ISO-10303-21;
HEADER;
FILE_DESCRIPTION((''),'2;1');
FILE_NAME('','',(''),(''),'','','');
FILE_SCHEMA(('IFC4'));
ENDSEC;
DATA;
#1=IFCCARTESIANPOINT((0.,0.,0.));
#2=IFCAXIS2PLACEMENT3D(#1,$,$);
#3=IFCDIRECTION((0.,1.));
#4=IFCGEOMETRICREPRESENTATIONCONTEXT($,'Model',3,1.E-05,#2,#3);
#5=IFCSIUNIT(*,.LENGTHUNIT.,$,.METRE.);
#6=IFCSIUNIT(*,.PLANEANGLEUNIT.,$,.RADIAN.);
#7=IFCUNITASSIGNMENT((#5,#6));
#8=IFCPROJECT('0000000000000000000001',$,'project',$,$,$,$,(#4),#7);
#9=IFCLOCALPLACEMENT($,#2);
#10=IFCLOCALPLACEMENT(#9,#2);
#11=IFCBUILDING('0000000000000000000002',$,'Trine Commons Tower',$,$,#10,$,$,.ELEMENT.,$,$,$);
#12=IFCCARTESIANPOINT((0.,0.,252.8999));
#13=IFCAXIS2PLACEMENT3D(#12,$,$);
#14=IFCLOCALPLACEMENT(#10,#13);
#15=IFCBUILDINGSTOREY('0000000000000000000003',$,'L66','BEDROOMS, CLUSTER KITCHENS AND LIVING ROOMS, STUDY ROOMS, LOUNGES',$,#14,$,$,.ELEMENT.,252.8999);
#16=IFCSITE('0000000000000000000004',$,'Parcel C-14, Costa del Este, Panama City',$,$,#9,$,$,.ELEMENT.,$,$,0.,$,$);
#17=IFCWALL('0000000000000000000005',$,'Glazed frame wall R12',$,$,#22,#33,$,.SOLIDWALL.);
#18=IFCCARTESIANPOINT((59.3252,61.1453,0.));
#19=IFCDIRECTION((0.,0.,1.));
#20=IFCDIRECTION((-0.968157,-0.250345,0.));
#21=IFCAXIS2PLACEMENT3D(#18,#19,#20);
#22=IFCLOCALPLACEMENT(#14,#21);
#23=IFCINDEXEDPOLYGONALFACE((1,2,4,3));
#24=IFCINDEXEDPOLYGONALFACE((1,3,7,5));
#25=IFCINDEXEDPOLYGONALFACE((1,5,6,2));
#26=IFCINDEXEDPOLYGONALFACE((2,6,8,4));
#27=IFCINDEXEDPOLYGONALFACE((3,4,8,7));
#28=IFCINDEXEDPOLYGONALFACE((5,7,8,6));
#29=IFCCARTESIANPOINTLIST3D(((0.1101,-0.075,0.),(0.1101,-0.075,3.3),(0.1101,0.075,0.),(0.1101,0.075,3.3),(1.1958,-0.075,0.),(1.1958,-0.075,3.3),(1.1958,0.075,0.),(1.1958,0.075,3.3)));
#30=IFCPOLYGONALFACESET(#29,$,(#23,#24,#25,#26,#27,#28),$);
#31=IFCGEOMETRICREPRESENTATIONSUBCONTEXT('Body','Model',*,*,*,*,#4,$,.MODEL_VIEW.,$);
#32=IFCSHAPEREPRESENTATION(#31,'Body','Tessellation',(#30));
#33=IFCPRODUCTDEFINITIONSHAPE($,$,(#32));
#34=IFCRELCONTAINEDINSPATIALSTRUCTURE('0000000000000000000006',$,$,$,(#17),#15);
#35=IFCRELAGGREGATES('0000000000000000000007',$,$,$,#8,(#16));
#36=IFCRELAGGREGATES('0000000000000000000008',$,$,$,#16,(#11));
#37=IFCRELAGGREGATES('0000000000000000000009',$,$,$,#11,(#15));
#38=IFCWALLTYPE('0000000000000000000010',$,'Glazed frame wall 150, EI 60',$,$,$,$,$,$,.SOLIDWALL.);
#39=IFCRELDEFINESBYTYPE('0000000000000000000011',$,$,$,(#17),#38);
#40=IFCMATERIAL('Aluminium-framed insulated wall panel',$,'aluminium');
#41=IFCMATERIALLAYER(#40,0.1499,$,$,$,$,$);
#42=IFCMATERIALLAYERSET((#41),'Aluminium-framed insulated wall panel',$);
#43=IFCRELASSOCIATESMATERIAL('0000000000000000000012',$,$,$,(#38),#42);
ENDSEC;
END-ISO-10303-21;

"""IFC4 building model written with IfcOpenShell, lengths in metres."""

from ifc_helpers import new_model, si_unit, direction, frame, origin, place, context, subcontext, project, spatial, polyline, outline, extrude, material, layer, layer_set, type_object, element, save


model = new_model("IFC4")

# Units and contexts
model_context = context("Model", 3, precision=1e-05, world=origin(), true_north=direction((0.0, 1.0)))
body_context = subcontext(model_context, "Body", "Model", "MODEL_VIEW")
ifc_project = project(units=[si_unit("LENGTHUNIT", "METRE"), si_unit("PLANEANGLEUNIT", "RADIAN")], contexts=[model_context])

# Site, building, storey
site_placement = place(None, origin())
site = spatial("IfcSite", under=ifc_project, at=site_placement, Name="Parcel C-14, Costa del Este, Panama City", CompositionType="ELEMENT", RefElevation=0.0)
building_placement = place(site_placement, origin())
building = spatial("IfcBuilding", under=site, at=building_placement, Name="Trine Commons Tower", CompositionType="ELEMENT")
storey_placement = place(building_placement, frame((0.0, 0.0, 252.8999)))
storey = spatial("IfcBuildingStorey", under=building, at=storey_placement, Name="L66", Description="BEDROOMS, CLUSTER KITCHENS AND LIVING ROOMS, STUDY ROOMS, LOUNGES", CompositionType="ELEMENT", Elevation=252.8999)

# Shared definitions
ifc_material_1 = material(Name="Aluminium-framed insulated wall panel", Category="aluminium")
ifc_layer_1 = layer(ifc_material_1, 0.1499)
ifc_layer_set_1 = layer_set([ifc_layer_1], Name="Aluminium-framed insulated wall panel")
wall_type_1 = type_object("IfcWallType", Name="Glazed frame wall 150, EI 60", PredefinedType="SOLIDWALL", material=ifc_layer_set_1)

# Wall
wall_1_placement = place(storey_placement, frame((59.3252, 61.1453, 0.0), z_axis=(0.0, 0.0, 1.0), x_axis=(-0.968157, -0.250345, 0.0)))
element("IfcWall", 1, at=wall_1_placement, inside=storey, type_object=wall_type_1, Name="Glazed frame wall R12", PredefinedType="SOLIDWALL", context=body_context, shape_type="SweptSolid", body=[
    extrude(outline(polyline([(0.1101, 0.075), (0.1101, -0.075), (1.1958, -0.075), (1.1958, 0.075), (0.1101, 0.075)])), origin(), (0.0, 0.0, 1.0), 3.3),
])

save(model, "model.ifc")
